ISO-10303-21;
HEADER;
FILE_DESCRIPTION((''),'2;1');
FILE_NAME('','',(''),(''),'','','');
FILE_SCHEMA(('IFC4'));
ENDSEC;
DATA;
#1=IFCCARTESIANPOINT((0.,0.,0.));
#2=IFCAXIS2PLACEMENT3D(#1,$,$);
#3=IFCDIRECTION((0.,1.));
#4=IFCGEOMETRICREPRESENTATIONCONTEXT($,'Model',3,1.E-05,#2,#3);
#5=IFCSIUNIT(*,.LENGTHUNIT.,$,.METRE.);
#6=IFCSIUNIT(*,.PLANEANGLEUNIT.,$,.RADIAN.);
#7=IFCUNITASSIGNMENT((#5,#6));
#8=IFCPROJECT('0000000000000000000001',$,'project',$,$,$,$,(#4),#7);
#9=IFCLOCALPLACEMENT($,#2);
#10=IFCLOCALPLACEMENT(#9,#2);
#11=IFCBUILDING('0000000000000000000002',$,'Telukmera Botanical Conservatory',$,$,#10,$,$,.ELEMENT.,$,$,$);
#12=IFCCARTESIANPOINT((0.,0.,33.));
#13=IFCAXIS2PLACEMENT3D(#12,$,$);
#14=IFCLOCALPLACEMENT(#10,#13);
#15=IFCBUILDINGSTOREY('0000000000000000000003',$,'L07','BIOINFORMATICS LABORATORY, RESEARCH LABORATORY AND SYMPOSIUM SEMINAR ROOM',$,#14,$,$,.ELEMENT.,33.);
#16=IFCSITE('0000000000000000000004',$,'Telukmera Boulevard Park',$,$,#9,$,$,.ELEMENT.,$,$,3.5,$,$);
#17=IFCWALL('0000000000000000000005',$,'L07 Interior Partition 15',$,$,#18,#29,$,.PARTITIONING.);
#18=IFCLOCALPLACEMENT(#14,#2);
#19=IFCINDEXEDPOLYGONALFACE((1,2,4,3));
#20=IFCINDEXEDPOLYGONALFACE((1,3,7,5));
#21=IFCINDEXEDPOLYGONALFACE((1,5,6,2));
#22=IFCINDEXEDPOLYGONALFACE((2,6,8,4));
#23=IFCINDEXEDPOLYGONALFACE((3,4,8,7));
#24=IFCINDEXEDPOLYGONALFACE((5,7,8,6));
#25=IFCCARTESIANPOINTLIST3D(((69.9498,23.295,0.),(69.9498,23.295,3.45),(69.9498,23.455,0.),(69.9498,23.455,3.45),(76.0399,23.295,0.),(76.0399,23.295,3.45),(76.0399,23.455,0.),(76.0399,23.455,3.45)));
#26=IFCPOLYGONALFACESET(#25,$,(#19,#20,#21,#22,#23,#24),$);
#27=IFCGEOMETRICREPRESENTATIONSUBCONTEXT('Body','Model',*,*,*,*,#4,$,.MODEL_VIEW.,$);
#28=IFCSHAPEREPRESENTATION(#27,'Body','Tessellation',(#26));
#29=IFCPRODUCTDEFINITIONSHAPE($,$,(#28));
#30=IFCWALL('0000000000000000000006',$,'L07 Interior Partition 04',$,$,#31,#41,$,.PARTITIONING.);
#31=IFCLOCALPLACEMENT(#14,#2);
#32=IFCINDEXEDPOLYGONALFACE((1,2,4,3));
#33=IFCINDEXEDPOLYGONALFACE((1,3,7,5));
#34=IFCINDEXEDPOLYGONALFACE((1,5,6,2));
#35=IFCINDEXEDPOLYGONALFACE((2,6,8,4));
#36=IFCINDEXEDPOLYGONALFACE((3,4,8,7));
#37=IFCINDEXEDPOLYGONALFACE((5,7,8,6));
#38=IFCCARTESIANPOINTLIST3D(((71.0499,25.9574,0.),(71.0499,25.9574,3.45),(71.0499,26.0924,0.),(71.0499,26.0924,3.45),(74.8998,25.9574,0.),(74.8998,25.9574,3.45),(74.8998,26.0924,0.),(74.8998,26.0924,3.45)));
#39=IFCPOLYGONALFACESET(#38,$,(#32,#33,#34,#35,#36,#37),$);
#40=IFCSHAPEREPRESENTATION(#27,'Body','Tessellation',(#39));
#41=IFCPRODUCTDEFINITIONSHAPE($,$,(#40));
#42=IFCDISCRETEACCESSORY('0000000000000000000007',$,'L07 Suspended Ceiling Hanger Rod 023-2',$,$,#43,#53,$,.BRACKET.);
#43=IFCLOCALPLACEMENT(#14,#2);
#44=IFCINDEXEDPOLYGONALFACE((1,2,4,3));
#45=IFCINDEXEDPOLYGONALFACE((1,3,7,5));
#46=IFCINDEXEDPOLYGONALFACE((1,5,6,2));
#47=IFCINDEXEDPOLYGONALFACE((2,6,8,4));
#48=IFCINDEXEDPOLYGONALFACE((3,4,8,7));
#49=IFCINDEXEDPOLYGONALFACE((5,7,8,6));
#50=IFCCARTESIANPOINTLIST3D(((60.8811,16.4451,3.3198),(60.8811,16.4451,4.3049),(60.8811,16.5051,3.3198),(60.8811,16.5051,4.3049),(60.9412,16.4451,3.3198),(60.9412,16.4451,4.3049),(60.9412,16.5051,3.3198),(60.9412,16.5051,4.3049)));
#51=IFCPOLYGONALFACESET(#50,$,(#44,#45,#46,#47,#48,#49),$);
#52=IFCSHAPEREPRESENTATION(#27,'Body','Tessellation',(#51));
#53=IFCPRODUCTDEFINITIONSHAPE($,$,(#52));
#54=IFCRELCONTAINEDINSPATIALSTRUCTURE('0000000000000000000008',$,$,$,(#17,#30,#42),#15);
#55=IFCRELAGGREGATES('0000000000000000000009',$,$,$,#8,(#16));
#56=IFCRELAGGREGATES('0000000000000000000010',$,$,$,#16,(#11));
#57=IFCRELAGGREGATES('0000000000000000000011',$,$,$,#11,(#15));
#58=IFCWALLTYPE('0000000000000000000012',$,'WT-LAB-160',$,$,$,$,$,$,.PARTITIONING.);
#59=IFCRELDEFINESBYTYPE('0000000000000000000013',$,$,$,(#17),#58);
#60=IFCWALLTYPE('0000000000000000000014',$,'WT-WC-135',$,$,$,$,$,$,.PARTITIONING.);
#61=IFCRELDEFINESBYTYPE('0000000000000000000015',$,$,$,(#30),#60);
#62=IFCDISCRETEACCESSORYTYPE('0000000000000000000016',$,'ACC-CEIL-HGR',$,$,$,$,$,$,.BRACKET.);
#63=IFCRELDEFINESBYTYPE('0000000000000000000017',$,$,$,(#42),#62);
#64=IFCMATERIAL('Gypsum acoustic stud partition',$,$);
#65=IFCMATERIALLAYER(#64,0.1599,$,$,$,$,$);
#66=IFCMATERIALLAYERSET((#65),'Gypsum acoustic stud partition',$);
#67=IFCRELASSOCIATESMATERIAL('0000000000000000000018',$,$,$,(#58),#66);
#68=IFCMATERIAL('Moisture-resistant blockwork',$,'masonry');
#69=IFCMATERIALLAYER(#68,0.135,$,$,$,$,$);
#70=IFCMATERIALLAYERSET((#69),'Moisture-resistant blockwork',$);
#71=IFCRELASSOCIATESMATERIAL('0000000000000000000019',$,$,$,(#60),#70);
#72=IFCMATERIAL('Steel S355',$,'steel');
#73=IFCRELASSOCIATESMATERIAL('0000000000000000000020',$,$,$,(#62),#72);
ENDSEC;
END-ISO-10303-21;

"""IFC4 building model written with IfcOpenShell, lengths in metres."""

from ifc_helpers import new_model, si_unit, direction, frame, frame_2d, origin, origin_2d, place, context, subcontext, project, spatial, rectangle, extrude, material, layer, layer_set, type_object, element, save


model = new_model("IFC4")

# Units and contexts
model_context = context("Model", 3, precision=1e-05, world=origin(), true_north=direction((0.0, 1.0)))
body_context = subcontext(model_context, "Body", "Model", "MODEL_VIEW")
ifc_project = project(units=[si_unit("LENGTHUNIT", "METRE"), si_unit("PLANEANGLEUNIT", "RADIAN")], contexts=[model_context])

# Site, building, storey
site_placement = place(None, origin())
site = spatial("IfcSite", under=ifc_project, at=site_placement, Name="Telukmera Boulevard Park", CompositionType="ELEMENT", RefElevation=3.5)
building_placement = place(site_placement, origin())
building = spatial("IfcBuilding", under=site, at=building_placement, Name="Telukmera Botanical Conservatory", CompositionType="ELEMENT")
storey_placement = place(building_placement, frame((0.0, 0.0, 33.0)))
storey = spatial("IfcBuildingStorey", under=building, at=storey_placement, Name="L07", Description="BIOINFORMATICS LABORATORY, RESEARCH LABORATORY AND SYMPOSIUM SEMINAR ROOM", CompositionType="ELEMENT", Elevation=33.0)

# Walls
ifc_material_1 = material(Name="Gypsum acoustic stud partition")
ifc_layer_1 = layer(ifc_material_1, 0.1599)
ifc_layer_set_1 = layer_set([ifc_layer_1], Name="Gypsum acoustic stud partition")
wall_type_1 = type_object("IfcWallType", Name="WT-LAB-160", PredefinedType="PARTITIONING", material=ifc_layer_set_1)
wall_1_placement = place(storey_placement, frame((69.95, 23.375, 0.0), z_axis=(0.0, 0.0, 1.0), x_axis=(1.0, 0.0, 0.0)))
element("IfcWall", 1, at=wall_1_placement, inside=storey, type_object=wall_type_1, Name="L07 Interior Partition 15", PredefinedType="PARTITIONING", context=body_context, shape_type="SweptSolid", body=[
    extrude(rectangle(XDim=6.0901, YDim=0.1599, at=frame_2d((3.0449, 0.0))), origin(), (0.0, 0.0, 1.0), 3.45),
])
ifc_material_2 = material(Name="Moisture-resistant blockwork", Category="masonry")
ifc_layer_2 = layer(ifc_material_2, 0.135)
ifc_layer_set_2 = layer_set([ifc_layer_2], Name="Moisture-resistant blockwork")
wall_type_2 = type_object("IfcWallType", Name="WT-WC-135", PredefinedType="PARTITIONING", material=ifc_layer_set_2)
wall_2_placement = place(storey_placement, frame((71.05, 26.0249, 0.0), z_axis=(0.0, 0.0, 1.0), x_axis=(1.0, 0.0, 0.0)))
element("IfcWall", 2, at=wall_2_placement, inside=storey, type_object=wall_type_2, Name="L07 Interior Partition 04", PredefinedType="PARTITIONING", context=body_context, shape_type="SweptSolid", body=[
    extrude(rectangle(XDim=3.8499, YDim=0.135, at=frame_2d((1.9248, 0.0))), origin(), (0.0, 0.0, 1.0), 3.45),
])

# Discrete accessory
ifc_material_3 = material(Name="Steel S355", Category="steel")
discrete_accessory_type = type_object("IfcDiscreteAccessoryType", Name="ACC-CEIL-HGR", PredefinedType="BRACKET", material=ifc_material_3)
discrete_accessory_placement = place(storey_placement, frame((60.9111, 16.4751, 3.3198), z_axis=(0.0, 0.0, 1.0), x_axis=(1.0, 0.0, 0.0)))
element("IfcDiscreteAccessory", 3, at=discrete_accessory_placement, inside=storey, type_object=discrete_accessory_type, Name="L07 Suspended Ceiling Hanger Rod 023-2", PredefinedType="BRACKET", context=body_context, shape_type="SweptSolid", body=[
    extrude(rectangle(XDim=0.0601, YDim=0.0601, at=origin_2d()), origin(), (0.0, 0.0, 1.0), 0.9851),
])

save(model, "model.ifc")
